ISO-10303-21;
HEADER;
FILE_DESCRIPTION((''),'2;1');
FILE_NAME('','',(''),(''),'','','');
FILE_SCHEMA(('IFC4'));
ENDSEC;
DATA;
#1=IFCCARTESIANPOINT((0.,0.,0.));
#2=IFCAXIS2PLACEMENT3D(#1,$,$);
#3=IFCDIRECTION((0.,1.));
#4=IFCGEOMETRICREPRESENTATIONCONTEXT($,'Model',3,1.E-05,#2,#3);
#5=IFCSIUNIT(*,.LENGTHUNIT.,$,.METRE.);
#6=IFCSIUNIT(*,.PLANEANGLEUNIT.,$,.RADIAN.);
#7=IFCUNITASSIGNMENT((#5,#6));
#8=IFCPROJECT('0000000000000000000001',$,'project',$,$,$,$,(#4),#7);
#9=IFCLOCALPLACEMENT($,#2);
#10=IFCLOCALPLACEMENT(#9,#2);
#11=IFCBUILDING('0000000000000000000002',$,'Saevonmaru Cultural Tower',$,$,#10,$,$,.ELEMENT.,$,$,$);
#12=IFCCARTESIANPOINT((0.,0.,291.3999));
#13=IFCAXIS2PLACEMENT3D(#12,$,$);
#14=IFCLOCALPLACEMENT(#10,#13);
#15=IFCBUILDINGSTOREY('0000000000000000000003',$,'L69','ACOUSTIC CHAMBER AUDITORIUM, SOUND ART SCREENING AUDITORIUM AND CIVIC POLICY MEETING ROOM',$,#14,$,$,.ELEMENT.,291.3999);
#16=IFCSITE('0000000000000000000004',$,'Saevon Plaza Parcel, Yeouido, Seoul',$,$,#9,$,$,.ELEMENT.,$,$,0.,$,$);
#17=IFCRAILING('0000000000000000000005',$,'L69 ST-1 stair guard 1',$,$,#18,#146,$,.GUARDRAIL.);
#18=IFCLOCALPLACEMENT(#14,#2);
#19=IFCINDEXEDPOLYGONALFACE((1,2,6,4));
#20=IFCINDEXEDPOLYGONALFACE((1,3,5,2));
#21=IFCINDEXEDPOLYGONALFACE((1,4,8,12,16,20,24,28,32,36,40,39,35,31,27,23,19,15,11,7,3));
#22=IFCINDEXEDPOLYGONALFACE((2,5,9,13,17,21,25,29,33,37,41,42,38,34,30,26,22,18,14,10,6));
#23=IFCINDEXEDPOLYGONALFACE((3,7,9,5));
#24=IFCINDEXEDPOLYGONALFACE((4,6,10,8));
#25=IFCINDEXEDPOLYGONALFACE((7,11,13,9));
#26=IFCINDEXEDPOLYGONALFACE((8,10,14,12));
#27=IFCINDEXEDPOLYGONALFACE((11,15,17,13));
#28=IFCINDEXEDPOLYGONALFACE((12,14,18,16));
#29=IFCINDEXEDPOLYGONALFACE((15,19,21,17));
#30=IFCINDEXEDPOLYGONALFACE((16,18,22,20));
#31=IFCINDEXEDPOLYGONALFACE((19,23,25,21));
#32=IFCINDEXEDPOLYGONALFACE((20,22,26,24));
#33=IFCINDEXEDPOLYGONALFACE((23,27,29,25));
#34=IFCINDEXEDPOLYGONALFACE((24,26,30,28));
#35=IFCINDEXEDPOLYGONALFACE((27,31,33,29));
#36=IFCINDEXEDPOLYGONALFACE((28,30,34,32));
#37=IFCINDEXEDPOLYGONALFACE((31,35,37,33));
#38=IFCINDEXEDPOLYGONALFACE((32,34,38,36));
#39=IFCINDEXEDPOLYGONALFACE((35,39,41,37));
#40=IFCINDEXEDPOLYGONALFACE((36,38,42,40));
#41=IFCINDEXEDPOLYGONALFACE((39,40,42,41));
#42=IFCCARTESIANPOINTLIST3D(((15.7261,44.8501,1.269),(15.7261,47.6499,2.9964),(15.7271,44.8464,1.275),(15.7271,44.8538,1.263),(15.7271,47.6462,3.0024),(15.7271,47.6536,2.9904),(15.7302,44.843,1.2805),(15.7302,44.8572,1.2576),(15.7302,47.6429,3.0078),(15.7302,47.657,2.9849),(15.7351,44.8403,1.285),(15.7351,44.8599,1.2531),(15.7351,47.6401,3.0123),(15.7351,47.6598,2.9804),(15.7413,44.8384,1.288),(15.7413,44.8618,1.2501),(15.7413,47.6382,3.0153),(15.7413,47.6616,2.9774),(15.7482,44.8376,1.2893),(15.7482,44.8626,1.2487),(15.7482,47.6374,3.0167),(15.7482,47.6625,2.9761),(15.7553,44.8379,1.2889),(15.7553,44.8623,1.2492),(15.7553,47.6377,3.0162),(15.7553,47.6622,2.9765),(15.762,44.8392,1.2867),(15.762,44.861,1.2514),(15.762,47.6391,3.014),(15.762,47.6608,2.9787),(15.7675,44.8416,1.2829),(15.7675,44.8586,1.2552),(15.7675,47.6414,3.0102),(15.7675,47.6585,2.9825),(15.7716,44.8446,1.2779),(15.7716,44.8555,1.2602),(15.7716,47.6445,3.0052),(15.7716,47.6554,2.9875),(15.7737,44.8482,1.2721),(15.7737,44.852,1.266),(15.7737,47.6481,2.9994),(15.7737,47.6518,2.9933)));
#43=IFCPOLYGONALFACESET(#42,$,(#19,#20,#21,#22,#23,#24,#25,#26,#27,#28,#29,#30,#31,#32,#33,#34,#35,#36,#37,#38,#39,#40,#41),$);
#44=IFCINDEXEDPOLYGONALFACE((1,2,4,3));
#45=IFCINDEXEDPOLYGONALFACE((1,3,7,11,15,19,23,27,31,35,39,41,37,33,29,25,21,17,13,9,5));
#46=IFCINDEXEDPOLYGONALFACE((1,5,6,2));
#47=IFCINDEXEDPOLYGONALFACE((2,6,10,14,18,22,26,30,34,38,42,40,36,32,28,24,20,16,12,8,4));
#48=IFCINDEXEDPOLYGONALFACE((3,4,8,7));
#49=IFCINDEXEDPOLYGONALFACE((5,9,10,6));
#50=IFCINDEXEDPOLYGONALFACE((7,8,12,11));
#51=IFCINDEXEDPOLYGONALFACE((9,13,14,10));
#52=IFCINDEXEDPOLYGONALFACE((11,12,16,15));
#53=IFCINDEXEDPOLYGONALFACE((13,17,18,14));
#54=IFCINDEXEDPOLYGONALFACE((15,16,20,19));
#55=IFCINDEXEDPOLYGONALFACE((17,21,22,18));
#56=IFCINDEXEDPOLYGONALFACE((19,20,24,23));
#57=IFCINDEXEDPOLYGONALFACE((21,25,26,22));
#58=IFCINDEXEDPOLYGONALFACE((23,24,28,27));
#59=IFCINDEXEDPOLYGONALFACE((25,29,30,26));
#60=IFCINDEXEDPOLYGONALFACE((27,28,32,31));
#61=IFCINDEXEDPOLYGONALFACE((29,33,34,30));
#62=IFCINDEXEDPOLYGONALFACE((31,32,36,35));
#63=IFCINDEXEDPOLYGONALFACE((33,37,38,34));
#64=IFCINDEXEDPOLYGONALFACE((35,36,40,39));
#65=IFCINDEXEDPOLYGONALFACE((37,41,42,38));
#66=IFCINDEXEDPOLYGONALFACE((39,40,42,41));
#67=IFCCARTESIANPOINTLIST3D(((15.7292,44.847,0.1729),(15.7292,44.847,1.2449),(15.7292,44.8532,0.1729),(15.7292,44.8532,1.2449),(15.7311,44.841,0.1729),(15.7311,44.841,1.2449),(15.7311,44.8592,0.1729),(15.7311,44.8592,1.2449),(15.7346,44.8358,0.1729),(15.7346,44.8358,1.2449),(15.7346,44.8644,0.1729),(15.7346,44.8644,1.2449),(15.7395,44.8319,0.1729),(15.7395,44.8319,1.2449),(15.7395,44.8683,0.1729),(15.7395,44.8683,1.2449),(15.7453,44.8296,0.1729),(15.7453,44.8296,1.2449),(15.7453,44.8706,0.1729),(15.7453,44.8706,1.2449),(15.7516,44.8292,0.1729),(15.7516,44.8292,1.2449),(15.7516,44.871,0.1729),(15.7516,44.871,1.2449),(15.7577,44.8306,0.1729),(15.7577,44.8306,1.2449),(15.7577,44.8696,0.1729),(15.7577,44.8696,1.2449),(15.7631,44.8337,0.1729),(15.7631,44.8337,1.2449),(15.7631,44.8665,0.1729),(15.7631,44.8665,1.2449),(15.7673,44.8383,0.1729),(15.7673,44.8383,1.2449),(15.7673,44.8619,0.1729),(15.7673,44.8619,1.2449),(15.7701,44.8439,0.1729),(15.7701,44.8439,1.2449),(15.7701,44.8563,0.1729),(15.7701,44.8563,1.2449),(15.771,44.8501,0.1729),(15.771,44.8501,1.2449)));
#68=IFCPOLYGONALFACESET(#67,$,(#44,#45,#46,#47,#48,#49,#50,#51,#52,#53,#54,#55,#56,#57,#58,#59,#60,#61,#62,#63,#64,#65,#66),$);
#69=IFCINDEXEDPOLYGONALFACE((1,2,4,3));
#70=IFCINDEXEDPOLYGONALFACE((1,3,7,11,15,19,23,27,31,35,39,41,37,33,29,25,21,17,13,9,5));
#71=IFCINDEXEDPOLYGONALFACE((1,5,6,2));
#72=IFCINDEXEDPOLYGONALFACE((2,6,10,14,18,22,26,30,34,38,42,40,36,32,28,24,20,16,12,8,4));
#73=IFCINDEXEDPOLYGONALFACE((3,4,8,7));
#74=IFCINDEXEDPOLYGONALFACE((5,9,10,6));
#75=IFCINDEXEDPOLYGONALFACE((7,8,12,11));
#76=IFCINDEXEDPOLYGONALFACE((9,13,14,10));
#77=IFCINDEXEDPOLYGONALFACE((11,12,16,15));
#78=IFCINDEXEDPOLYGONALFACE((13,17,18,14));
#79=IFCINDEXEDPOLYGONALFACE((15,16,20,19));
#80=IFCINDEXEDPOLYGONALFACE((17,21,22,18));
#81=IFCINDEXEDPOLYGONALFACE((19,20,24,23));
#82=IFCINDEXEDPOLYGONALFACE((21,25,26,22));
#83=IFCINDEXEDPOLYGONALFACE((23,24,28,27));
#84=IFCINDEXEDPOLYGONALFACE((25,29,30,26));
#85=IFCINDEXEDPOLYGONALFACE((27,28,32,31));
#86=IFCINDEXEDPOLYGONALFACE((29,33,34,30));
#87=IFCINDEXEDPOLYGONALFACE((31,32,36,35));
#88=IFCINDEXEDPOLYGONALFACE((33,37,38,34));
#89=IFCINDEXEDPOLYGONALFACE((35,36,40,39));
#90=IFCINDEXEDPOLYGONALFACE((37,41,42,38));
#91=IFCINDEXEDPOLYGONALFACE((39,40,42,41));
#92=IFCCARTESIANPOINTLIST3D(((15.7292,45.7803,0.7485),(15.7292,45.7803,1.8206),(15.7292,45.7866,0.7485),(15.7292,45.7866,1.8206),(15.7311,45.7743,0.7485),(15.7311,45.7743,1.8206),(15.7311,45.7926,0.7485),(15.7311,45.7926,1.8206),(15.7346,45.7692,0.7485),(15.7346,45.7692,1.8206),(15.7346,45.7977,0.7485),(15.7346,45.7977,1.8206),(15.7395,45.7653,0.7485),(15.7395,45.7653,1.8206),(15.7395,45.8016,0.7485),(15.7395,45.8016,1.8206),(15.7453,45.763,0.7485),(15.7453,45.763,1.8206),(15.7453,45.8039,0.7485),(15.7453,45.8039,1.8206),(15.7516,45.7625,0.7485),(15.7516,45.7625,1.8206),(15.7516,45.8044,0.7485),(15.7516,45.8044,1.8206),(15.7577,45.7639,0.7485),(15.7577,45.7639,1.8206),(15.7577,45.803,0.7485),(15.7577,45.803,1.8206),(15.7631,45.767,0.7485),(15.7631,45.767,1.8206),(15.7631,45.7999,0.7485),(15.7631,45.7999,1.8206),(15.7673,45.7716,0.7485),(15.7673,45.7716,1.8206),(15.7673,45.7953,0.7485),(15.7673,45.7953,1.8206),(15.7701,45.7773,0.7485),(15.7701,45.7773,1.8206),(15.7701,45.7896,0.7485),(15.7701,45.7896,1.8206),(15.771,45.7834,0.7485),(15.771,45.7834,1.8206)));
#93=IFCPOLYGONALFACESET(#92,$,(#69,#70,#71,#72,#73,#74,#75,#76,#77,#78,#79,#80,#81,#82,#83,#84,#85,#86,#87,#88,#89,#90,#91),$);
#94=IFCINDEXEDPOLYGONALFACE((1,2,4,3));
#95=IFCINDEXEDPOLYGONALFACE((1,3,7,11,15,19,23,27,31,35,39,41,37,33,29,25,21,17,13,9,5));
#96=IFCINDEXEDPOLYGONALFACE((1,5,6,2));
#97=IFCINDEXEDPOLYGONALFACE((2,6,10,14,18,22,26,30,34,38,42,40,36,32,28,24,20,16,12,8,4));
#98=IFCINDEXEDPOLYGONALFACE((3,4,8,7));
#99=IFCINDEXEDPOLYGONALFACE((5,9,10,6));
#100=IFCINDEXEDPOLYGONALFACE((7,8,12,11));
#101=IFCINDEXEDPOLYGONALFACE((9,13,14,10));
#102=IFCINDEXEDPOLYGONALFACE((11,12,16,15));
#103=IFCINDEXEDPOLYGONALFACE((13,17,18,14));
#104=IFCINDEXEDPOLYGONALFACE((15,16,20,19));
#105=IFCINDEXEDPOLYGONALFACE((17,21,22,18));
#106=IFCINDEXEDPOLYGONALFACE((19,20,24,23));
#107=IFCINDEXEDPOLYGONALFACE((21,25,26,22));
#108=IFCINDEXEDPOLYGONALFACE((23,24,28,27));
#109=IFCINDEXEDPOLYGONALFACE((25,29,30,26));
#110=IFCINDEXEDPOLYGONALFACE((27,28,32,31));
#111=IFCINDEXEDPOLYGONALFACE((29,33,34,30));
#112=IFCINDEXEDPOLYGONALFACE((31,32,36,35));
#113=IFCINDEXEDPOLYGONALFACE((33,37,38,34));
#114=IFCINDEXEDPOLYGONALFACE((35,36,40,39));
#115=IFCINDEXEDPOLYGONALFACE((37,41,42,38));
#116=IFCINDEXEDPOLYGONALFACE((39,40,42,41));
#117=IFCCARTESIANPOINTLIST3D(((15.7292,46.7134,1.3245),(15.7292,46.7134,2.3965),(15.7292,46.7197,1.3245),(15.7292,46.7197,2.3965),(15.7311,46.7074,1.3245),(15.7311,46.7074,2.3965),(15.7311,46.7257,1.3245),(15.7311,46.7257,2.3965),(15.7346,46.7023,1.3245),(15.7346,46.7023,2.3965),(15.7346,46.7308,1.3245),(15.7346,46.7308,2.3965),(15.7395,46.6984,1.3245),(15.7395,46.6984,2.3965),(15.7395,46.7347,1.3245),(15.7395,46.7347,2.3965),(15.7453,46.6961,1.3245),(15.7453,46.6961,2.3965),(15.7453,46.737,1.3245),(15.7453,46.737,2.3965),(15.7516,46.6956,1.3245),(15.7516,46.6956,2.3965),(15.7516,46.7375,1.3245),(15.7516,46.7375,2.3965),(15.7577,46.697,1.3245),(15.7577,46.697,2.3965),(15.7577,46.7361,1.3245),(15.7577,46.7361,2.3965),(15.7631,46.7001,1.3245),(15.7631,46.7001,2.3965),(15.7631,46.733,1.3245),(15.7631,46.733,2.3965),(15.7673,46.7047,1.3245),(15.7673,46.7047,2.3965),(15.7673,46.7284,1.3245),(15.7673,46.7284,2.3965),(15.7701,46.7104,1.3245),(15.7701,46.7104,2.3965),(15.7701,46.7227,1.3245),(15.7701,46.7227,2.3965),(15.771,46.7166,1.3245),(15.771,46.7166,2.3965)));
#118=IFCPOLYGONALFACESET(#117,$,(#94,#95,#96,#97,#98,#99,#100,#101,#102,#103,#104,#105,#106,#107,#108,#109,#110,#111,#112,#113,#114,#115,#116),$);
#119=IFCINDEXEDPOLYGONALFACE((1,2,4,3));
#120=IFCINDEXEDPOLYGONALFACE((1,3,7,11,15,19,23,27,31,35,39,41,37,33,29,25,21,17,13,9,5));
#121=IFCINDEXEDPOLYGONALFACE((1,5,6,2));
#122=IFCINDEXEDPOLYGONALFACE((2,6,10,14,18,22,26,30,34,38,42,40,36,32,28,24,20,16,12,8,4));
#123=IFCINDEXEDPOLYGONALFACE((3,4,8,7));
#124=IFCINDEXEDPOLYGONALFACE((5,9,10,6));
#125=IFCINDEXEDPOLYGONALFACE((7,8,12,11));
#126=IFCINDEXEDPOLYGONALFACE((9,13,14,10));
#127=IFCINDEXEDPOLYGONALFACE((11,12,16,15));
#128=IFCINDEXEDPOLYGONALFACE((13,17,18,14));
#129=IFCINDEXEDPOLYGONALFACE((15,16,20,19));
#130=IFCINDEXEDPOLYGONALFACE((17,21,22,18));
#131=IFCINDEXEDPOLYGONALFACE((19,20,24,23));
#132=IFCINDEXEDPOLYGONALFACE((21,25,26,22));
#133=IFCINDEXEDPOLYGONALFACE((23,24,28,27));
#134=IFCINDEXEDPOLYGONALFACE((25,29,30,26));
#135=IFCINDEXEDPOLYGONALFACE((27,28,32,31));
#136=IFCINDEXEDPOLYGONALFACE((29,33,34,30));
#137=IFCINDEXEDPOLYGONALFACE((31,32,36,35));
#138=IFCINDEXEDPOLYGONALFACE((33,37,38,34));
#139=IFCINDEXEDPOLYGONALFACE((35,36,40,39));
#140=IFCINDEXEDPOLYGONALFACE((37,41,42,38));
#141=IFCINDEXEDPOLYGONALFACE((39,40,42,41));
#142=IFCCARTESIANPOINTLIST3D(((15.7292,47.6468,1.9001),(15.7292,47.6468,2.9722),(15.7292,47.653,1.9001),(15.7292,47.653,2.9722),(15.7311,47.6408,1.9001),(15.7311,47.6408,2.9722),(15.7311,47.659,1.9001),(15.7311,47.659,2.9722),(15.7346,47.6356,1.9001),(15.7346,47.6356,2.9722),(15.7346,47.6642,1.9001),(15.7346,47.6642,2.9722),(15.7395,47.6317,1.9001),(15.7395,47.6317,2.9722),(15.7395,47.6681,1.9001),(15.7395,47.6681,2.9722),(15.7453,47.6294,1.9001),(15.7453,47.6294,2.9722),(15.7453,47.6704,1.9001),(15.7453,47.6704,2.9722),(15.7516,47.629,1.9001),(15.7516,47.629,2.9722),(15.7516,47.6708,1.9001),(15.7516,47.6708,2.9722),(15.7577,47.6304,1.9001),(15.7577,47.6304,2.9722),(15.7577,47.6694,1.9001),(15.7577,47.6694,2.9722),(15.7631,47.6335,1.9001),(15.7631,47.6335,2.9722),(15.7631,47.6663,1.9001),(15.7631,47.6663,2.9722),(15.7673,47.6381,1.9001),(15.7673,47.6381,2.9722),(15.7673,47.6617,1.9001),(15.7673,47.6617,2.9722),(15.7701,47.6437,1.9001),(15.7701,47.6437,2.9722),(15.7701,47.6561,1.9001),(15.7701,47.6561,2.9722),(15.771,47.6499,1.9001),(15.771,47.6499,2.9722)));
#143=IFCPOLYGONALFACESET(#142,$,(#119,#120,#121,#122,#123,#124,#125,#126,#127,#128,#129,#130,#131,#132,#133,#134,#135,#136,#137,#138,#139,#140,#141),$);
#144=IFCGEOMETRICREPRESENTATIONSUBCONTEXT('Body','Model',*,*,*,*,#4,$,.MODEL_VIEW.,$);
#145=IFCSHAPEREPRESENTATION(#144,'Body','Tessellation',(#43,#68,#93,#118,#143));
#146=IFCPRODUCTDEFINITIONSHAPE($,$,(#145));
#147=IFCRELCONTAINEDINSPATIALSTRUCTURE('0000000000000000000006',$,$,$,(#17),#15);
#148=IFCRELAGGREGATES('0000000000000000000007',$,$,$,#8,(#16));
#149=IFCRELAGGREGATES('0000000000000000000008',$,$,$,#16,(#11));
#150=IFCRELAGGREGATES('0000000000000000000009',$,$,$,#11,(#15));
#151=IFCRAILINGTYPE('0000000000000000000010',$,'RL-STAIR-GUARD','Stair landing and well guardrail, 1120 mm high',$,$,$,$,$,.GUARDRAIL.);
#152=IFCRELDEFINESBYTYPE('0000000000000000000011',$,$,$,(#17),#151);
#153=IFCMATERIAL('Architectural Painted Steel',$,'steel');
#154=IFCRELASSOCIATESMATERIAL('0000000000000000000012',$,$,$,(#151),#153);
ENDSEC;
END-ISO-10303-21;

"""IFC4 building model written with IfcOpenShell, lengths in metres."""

from ifc_helpers import new_model, si_unit, direction, frame, origin, origin_2d, place, context, subcontext, project, spatial, circle, extrude, material, type_object, element, save


model = new_model("IFC4")

# Units and contexts
model_context = context("Model", 3, precision=1e-05, world=origin(), true_north=direction((0.0, 1.0)))
body_context = subcontext(model_context, "Body", "Model", "MODEL_VIEW")
ifc_project = project(units=[si_unit("LENGTHUNIT", "METRE"), si_unit("PLANEANGLEUNIT", "RADIAN")], contexts=[model_context])

# Site, building, storey
site_placement = place(None, origin())
site = spatial("IfcSite", under=ifc_project, at=site_placement, Name="Saevon Plaza Parcel, Yeouido, Seoul", CompositionType="ELEMENT", RefElevation=0.0)
building_placement = place(site_placement, origin())
building = spatial("IfcBuilding", under=site, at=building_placement, Name="Saevonmaru Cultural Tower", CompositionType="ELEMENT")
storey_placement = place(building_placement, frame((0.0, 0.0, 291.3999)))
storey = spatial("IfcBuildingStorey", under=building, at=storey_placement, Name="L69", Description="ACOUSTIC CHAMBER AUDITORIUM, SOUND ART SCREENING AUDITORIUM AND CIVIC POLICY MEETING ROOM", CompositionType="ELEMENT", Elevation=291.3999)

# Railing
ifc_material_1 = material(Name="Architectural Painted Steel", Category="steel")
railing_type_1 = type_object("IfcRailingType", Name="RL-STAIR-GUARD", Description="Stair landing and well guardrail, 1120 mm high", PredefinedType="GUARDRAIL", material=ifc_material_1)
railing_1_placement = place(storey_placement, frame((15.75, 44.8501, 0.1729)))
element("IfcRailing", 1, at=railing_1_placement, inside=storey, type_object=railing_type_1, Name="L69 ST-1 stair guard 1", PredefinedType="GUARDRAIL", context=body_context, shape_type="SweptSolid", body=[
    extrude(circle(Radius=0.0239, at=origin_2d()), frame((0.0, 0.0, 1.0962), z_axis=(0.0, 0.851069, 0.525054), x_axis=(-1.0, 0.0, 0.0)), (0.0, 0.0, 1.0), 3.2898),
    extrude(circle(Radius=0.021, at=origin_2d()), origin(), (0.0, 0.0, 1.0), 1.072),
    extrude(circle(Radius=0.021, at=origin_2d()), frame((0.0, 0.9333, 0.5757)), (0.0, 0.0, 1.0), 1.072),
    extrude(circle(Radius=0.021, at=origin_2d()), frame((0.0, 1.8665, 1.1516)), (0.0, 0.0, 1.0), 1.072),
    extrude(circle(Radius=0.021, at=origin_2d()), frame((0.0, 2.7998, 1.7273)), (0.0, 0.0, 1.0), 1.072),
])

save(model, "model.ifc")
